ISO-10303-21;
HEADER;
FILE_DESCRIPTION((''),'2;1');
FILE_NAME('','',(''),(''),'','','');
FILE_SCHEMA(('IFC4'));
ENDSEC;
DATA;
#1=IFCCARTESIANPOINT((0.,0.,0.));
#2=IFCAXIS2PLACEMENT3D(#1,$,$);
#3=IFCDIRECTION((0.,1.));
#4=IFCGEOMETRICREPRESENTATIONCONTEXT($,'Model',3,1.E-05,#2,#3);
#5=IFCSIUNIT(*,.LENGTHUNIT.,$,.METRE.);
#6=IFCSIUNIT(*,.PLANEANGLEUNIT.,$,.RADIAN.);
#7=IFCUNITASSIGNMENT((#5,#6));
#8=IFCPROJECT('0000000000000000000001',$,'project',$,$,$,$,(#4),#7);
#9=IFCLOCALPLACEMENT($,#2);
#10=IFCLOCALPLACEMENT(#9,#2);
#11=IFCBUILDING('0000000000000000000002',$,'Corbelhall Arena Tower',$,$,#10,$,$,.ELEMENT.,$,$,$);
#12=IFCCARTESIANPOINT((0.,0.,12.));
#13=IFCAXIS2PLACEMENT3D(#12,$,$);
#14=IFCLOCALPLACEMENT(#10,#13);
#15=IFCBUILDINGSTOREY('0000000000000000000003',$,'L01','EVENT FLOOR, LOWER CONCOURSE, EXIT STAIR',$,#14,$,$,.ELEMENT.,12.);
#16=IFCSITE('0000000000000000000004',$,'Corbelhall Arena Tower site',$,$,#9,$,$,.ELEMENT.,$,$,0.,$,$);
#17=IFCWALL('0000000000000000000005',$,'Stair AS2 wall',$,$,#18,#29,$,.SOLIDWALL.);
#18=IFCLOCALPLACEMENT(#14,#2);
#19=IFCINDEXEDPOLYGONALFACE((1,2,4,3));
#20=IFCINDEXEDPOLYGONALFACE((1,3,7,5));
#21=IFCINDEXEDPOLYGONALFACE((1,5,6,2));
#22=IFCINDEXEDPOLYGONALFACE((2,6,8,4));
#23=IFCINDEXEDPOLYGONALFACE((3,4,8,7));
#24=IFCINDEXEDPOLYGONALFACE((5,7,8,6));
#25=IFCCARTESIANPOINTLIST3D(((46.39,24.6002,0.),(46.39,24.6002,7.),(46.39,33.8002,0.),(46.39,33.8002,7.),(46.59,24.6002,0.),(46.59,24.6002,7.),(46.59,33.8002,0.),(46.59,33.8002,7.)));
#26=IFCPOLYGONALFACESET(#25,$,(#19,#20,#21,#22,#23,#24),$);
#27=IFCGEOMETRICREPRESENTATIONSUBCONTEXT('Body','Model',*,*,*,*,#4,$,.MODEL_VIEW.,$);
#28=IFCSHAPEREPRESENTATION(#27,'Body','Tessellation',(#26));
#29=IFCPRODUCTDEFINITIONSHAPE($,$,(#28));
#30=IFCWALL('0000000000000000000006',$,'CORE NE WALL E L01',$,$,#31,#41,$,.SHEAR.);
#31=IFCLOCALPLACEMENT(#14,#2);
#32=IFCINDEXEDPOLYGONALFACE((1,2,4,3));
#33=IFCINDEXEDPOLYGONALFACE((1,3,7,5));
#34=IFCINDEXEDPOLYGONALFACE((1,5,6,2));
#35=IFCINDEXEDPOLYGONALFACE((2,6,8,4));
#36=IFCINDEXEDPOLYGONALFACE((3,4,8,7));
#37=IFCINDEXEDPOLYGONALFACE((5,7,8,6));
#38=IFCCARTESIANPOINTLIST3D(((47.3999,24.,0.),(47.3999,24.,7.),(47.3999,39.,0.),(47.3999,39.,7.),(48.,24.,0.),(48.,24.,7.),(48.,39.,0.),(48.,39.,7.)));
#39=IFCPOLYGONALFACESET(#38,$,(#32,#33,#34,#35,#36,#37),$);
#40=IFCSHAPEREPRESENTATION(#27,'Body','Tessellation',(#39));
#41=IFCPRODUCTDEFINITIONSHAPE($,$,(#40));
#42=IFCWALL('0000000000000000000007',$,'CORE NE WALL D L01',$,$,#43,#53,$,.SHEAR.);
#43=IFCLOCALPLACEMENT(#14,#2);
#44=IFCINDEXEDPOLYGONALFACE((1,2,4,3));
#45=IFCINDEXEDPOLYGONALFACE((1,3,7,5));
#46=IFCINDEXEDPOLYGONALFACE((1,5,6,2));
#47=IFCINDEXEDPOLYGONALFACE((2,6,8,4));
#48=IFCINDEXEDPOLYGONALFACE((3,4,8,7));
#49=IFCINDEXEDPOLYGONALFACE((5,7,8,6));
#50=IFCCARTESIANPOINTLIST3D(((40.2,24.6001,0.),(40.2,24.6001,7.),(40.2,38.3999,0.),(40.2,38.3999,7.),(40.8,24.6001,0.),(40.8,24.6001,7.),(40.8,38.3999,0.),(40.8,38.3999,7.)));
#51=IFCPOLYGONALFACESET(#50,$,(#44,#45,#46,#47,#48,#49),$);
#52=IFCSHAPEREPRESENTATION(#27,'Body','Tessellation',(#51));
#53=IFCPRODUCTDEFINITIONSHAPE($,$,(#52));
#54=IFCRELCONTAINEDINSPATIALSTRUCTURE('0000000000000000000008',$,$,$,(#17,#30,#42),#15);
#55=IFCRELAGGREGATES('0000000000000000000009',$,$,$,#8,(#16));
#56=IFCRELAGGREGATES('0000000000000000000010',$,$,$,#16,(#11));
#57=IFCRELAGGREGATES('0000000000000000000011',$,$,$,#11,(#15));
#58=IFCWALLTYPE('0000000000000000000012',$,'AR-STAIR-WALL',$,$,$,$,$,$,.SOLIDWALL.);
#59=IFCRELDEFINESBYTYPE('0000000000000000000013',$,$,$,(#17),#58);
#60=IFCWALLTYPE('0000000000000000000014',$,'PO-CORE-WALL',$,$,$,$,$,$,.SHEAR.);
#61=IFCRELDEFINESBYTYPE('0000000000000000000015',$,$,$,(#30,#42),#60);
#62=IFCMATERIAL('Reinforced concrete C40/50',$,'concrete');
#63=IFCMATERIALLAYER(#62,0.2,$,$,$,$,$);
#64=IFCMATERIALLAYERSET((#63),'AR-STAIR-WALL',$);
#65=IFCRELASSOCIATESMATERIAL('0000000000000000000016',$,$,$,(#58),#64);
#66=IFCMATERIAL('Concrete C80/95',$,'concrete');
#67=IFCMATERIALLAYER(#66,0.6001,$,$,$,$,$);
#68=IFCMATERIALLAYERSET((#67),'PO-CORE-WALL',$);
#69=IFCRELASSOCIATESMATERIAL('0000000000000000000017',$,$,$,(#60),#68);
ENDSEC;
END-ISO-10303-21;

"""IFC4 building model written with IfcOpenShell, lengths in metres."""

from ifc_helpers import new_model, si_unit, direction, frame, frame_2d, origin, place, context, subcontext, project, spatial, rectangle, extrude, material, layer, layer_set, type_object, element, save


model = new_model("IFC4")

# Units and contexts
model_context = context("Model", 3, precision=1e-05, world=origin(), true_north=direction((0.0, 1.0)))
body_context = subcontext(model_context, "Body", "Model", "MODEL_VIEW")
ifc_project = project(units=[si_unit("LENGTHUNIT", "METRE"), si_unit("PLANEANGLEUNIT", "RADIAN")], contexts=[model_context])

# Site, building, storey
site_placement = place(None, origin())
site = spatial("IfcSite", under=ifc_project, at=site_placement, Name="Corbelhall Arena Tower site", CompositionType="ELEMENT", RefElevation=0.0)
building_placement = place(site_placement, origin())
building = spatial("IfcBuilding", under=site, at=building_placement, Name="Corbelhall Arena Tower", CompositionType="ELEMENT")
storey_placement = place(building_placement, frame((0.0, 0.0, 12.0)))
storey = spatial("IfcBuildingStorey", under=building, at=storey_placement, Name="L01", Description="EVENT FLOOR, LOWER CONCOURSE, EXIT STAIR", CompositionType="ELEMENT", Elevation=12.0)

# Wall
ifc_material_1 = material(Name="Reinforced concrete C40/50", Category="concrete")
ifc_layer_1 = layer(ifc_material_1, 0.2)
ifc_layer_set_1 = layer_set([ifc_layer_1], Name="AR-STAIR-WALL")
wall_type_1 = type_object("IfcWallType", Name="AR-STAIR-WALL", PredefinedType="SOLIDWALL", material=ifc_layer_set_1)
for number, where, z_axis, x_axis, name in (
    (1, (46.49, 24.6001, 0.0), (0.0, 0.0, 1.0), (0.0, 1.0, 0.0), "Stair AS2 wall"),
):
    element("IfcWall", number, at=place(storey_placement, frame(where, z_axis=z_axis, x_axis=x_axis)), inside=storey, type_object=wall_type_1, Name=name, PredefinedType="SOLIDWALL", context=body_context, shape_type="SweptSolid", body=[
        extrude(rectangle(XDim=9.2, YDim=0.2, at=frame_2d((4.6001, 0.0))), origin(), (0.0, 0.0, 1.0), 7.0),
    ])

# Shared definitions
ifc_material_2 = material(Name="Concrete C80/95", Category="concrete")
ifc_layer_2 = layer(ifc_material_2, 0.6001)
ifc_layer_set_2 = layer_set([ifc_layer_2], Name="PO-CORE-WALL")
wall_type_2 = type_object("IfcWallType", Name="PO-CORE-WALL", PredefinedType="SHEAR", material=ifc_layer_set_2)

# Walls
wall_1_placement = place(storey_placement, frame((47.7, 24.0, 0.0), z_axis=(0.0, 0.0, 1.0), x_axis=(0.0, 1.0, 0.0)))
element("IfcWall", 2, at=wall_1_placement, inside=storey, type_object=wall_type_2, Name="CORE NE WALL E L01", PredefinedType="SHEAR", context=body_context, shape_type="SweptSolid", body=[
    extrude(rectangle(XDim=15.0, YDim=0.6001, at=frame_2d((7.5, 0.0))), origin(), (0.0, 0.0, 1.0), 7.0),
])
wall_2_placement = place(storey_placement, frame((40.5, 24.6001, 0.0), z_axis=(0.0, 0.0, 1.0), x_axis=(0.0, 1.0, 0.0)))
element("IfcWall", 3, at=wall_2_placement, inside=storey, type_object=wall_type_2, Name="CORE NE WALL D L01", PredefinedType="SHEAR", context=body_context, shape_type="SweptSolid", body=[
    extrude(rectangle(XDim=13.7998, YDim=0.6001, at=frame_2d((6.8999, 0.0))), origin(), (0.0, 0.0, 1.0), 7.0),
])

save(model, "model.ifc")
